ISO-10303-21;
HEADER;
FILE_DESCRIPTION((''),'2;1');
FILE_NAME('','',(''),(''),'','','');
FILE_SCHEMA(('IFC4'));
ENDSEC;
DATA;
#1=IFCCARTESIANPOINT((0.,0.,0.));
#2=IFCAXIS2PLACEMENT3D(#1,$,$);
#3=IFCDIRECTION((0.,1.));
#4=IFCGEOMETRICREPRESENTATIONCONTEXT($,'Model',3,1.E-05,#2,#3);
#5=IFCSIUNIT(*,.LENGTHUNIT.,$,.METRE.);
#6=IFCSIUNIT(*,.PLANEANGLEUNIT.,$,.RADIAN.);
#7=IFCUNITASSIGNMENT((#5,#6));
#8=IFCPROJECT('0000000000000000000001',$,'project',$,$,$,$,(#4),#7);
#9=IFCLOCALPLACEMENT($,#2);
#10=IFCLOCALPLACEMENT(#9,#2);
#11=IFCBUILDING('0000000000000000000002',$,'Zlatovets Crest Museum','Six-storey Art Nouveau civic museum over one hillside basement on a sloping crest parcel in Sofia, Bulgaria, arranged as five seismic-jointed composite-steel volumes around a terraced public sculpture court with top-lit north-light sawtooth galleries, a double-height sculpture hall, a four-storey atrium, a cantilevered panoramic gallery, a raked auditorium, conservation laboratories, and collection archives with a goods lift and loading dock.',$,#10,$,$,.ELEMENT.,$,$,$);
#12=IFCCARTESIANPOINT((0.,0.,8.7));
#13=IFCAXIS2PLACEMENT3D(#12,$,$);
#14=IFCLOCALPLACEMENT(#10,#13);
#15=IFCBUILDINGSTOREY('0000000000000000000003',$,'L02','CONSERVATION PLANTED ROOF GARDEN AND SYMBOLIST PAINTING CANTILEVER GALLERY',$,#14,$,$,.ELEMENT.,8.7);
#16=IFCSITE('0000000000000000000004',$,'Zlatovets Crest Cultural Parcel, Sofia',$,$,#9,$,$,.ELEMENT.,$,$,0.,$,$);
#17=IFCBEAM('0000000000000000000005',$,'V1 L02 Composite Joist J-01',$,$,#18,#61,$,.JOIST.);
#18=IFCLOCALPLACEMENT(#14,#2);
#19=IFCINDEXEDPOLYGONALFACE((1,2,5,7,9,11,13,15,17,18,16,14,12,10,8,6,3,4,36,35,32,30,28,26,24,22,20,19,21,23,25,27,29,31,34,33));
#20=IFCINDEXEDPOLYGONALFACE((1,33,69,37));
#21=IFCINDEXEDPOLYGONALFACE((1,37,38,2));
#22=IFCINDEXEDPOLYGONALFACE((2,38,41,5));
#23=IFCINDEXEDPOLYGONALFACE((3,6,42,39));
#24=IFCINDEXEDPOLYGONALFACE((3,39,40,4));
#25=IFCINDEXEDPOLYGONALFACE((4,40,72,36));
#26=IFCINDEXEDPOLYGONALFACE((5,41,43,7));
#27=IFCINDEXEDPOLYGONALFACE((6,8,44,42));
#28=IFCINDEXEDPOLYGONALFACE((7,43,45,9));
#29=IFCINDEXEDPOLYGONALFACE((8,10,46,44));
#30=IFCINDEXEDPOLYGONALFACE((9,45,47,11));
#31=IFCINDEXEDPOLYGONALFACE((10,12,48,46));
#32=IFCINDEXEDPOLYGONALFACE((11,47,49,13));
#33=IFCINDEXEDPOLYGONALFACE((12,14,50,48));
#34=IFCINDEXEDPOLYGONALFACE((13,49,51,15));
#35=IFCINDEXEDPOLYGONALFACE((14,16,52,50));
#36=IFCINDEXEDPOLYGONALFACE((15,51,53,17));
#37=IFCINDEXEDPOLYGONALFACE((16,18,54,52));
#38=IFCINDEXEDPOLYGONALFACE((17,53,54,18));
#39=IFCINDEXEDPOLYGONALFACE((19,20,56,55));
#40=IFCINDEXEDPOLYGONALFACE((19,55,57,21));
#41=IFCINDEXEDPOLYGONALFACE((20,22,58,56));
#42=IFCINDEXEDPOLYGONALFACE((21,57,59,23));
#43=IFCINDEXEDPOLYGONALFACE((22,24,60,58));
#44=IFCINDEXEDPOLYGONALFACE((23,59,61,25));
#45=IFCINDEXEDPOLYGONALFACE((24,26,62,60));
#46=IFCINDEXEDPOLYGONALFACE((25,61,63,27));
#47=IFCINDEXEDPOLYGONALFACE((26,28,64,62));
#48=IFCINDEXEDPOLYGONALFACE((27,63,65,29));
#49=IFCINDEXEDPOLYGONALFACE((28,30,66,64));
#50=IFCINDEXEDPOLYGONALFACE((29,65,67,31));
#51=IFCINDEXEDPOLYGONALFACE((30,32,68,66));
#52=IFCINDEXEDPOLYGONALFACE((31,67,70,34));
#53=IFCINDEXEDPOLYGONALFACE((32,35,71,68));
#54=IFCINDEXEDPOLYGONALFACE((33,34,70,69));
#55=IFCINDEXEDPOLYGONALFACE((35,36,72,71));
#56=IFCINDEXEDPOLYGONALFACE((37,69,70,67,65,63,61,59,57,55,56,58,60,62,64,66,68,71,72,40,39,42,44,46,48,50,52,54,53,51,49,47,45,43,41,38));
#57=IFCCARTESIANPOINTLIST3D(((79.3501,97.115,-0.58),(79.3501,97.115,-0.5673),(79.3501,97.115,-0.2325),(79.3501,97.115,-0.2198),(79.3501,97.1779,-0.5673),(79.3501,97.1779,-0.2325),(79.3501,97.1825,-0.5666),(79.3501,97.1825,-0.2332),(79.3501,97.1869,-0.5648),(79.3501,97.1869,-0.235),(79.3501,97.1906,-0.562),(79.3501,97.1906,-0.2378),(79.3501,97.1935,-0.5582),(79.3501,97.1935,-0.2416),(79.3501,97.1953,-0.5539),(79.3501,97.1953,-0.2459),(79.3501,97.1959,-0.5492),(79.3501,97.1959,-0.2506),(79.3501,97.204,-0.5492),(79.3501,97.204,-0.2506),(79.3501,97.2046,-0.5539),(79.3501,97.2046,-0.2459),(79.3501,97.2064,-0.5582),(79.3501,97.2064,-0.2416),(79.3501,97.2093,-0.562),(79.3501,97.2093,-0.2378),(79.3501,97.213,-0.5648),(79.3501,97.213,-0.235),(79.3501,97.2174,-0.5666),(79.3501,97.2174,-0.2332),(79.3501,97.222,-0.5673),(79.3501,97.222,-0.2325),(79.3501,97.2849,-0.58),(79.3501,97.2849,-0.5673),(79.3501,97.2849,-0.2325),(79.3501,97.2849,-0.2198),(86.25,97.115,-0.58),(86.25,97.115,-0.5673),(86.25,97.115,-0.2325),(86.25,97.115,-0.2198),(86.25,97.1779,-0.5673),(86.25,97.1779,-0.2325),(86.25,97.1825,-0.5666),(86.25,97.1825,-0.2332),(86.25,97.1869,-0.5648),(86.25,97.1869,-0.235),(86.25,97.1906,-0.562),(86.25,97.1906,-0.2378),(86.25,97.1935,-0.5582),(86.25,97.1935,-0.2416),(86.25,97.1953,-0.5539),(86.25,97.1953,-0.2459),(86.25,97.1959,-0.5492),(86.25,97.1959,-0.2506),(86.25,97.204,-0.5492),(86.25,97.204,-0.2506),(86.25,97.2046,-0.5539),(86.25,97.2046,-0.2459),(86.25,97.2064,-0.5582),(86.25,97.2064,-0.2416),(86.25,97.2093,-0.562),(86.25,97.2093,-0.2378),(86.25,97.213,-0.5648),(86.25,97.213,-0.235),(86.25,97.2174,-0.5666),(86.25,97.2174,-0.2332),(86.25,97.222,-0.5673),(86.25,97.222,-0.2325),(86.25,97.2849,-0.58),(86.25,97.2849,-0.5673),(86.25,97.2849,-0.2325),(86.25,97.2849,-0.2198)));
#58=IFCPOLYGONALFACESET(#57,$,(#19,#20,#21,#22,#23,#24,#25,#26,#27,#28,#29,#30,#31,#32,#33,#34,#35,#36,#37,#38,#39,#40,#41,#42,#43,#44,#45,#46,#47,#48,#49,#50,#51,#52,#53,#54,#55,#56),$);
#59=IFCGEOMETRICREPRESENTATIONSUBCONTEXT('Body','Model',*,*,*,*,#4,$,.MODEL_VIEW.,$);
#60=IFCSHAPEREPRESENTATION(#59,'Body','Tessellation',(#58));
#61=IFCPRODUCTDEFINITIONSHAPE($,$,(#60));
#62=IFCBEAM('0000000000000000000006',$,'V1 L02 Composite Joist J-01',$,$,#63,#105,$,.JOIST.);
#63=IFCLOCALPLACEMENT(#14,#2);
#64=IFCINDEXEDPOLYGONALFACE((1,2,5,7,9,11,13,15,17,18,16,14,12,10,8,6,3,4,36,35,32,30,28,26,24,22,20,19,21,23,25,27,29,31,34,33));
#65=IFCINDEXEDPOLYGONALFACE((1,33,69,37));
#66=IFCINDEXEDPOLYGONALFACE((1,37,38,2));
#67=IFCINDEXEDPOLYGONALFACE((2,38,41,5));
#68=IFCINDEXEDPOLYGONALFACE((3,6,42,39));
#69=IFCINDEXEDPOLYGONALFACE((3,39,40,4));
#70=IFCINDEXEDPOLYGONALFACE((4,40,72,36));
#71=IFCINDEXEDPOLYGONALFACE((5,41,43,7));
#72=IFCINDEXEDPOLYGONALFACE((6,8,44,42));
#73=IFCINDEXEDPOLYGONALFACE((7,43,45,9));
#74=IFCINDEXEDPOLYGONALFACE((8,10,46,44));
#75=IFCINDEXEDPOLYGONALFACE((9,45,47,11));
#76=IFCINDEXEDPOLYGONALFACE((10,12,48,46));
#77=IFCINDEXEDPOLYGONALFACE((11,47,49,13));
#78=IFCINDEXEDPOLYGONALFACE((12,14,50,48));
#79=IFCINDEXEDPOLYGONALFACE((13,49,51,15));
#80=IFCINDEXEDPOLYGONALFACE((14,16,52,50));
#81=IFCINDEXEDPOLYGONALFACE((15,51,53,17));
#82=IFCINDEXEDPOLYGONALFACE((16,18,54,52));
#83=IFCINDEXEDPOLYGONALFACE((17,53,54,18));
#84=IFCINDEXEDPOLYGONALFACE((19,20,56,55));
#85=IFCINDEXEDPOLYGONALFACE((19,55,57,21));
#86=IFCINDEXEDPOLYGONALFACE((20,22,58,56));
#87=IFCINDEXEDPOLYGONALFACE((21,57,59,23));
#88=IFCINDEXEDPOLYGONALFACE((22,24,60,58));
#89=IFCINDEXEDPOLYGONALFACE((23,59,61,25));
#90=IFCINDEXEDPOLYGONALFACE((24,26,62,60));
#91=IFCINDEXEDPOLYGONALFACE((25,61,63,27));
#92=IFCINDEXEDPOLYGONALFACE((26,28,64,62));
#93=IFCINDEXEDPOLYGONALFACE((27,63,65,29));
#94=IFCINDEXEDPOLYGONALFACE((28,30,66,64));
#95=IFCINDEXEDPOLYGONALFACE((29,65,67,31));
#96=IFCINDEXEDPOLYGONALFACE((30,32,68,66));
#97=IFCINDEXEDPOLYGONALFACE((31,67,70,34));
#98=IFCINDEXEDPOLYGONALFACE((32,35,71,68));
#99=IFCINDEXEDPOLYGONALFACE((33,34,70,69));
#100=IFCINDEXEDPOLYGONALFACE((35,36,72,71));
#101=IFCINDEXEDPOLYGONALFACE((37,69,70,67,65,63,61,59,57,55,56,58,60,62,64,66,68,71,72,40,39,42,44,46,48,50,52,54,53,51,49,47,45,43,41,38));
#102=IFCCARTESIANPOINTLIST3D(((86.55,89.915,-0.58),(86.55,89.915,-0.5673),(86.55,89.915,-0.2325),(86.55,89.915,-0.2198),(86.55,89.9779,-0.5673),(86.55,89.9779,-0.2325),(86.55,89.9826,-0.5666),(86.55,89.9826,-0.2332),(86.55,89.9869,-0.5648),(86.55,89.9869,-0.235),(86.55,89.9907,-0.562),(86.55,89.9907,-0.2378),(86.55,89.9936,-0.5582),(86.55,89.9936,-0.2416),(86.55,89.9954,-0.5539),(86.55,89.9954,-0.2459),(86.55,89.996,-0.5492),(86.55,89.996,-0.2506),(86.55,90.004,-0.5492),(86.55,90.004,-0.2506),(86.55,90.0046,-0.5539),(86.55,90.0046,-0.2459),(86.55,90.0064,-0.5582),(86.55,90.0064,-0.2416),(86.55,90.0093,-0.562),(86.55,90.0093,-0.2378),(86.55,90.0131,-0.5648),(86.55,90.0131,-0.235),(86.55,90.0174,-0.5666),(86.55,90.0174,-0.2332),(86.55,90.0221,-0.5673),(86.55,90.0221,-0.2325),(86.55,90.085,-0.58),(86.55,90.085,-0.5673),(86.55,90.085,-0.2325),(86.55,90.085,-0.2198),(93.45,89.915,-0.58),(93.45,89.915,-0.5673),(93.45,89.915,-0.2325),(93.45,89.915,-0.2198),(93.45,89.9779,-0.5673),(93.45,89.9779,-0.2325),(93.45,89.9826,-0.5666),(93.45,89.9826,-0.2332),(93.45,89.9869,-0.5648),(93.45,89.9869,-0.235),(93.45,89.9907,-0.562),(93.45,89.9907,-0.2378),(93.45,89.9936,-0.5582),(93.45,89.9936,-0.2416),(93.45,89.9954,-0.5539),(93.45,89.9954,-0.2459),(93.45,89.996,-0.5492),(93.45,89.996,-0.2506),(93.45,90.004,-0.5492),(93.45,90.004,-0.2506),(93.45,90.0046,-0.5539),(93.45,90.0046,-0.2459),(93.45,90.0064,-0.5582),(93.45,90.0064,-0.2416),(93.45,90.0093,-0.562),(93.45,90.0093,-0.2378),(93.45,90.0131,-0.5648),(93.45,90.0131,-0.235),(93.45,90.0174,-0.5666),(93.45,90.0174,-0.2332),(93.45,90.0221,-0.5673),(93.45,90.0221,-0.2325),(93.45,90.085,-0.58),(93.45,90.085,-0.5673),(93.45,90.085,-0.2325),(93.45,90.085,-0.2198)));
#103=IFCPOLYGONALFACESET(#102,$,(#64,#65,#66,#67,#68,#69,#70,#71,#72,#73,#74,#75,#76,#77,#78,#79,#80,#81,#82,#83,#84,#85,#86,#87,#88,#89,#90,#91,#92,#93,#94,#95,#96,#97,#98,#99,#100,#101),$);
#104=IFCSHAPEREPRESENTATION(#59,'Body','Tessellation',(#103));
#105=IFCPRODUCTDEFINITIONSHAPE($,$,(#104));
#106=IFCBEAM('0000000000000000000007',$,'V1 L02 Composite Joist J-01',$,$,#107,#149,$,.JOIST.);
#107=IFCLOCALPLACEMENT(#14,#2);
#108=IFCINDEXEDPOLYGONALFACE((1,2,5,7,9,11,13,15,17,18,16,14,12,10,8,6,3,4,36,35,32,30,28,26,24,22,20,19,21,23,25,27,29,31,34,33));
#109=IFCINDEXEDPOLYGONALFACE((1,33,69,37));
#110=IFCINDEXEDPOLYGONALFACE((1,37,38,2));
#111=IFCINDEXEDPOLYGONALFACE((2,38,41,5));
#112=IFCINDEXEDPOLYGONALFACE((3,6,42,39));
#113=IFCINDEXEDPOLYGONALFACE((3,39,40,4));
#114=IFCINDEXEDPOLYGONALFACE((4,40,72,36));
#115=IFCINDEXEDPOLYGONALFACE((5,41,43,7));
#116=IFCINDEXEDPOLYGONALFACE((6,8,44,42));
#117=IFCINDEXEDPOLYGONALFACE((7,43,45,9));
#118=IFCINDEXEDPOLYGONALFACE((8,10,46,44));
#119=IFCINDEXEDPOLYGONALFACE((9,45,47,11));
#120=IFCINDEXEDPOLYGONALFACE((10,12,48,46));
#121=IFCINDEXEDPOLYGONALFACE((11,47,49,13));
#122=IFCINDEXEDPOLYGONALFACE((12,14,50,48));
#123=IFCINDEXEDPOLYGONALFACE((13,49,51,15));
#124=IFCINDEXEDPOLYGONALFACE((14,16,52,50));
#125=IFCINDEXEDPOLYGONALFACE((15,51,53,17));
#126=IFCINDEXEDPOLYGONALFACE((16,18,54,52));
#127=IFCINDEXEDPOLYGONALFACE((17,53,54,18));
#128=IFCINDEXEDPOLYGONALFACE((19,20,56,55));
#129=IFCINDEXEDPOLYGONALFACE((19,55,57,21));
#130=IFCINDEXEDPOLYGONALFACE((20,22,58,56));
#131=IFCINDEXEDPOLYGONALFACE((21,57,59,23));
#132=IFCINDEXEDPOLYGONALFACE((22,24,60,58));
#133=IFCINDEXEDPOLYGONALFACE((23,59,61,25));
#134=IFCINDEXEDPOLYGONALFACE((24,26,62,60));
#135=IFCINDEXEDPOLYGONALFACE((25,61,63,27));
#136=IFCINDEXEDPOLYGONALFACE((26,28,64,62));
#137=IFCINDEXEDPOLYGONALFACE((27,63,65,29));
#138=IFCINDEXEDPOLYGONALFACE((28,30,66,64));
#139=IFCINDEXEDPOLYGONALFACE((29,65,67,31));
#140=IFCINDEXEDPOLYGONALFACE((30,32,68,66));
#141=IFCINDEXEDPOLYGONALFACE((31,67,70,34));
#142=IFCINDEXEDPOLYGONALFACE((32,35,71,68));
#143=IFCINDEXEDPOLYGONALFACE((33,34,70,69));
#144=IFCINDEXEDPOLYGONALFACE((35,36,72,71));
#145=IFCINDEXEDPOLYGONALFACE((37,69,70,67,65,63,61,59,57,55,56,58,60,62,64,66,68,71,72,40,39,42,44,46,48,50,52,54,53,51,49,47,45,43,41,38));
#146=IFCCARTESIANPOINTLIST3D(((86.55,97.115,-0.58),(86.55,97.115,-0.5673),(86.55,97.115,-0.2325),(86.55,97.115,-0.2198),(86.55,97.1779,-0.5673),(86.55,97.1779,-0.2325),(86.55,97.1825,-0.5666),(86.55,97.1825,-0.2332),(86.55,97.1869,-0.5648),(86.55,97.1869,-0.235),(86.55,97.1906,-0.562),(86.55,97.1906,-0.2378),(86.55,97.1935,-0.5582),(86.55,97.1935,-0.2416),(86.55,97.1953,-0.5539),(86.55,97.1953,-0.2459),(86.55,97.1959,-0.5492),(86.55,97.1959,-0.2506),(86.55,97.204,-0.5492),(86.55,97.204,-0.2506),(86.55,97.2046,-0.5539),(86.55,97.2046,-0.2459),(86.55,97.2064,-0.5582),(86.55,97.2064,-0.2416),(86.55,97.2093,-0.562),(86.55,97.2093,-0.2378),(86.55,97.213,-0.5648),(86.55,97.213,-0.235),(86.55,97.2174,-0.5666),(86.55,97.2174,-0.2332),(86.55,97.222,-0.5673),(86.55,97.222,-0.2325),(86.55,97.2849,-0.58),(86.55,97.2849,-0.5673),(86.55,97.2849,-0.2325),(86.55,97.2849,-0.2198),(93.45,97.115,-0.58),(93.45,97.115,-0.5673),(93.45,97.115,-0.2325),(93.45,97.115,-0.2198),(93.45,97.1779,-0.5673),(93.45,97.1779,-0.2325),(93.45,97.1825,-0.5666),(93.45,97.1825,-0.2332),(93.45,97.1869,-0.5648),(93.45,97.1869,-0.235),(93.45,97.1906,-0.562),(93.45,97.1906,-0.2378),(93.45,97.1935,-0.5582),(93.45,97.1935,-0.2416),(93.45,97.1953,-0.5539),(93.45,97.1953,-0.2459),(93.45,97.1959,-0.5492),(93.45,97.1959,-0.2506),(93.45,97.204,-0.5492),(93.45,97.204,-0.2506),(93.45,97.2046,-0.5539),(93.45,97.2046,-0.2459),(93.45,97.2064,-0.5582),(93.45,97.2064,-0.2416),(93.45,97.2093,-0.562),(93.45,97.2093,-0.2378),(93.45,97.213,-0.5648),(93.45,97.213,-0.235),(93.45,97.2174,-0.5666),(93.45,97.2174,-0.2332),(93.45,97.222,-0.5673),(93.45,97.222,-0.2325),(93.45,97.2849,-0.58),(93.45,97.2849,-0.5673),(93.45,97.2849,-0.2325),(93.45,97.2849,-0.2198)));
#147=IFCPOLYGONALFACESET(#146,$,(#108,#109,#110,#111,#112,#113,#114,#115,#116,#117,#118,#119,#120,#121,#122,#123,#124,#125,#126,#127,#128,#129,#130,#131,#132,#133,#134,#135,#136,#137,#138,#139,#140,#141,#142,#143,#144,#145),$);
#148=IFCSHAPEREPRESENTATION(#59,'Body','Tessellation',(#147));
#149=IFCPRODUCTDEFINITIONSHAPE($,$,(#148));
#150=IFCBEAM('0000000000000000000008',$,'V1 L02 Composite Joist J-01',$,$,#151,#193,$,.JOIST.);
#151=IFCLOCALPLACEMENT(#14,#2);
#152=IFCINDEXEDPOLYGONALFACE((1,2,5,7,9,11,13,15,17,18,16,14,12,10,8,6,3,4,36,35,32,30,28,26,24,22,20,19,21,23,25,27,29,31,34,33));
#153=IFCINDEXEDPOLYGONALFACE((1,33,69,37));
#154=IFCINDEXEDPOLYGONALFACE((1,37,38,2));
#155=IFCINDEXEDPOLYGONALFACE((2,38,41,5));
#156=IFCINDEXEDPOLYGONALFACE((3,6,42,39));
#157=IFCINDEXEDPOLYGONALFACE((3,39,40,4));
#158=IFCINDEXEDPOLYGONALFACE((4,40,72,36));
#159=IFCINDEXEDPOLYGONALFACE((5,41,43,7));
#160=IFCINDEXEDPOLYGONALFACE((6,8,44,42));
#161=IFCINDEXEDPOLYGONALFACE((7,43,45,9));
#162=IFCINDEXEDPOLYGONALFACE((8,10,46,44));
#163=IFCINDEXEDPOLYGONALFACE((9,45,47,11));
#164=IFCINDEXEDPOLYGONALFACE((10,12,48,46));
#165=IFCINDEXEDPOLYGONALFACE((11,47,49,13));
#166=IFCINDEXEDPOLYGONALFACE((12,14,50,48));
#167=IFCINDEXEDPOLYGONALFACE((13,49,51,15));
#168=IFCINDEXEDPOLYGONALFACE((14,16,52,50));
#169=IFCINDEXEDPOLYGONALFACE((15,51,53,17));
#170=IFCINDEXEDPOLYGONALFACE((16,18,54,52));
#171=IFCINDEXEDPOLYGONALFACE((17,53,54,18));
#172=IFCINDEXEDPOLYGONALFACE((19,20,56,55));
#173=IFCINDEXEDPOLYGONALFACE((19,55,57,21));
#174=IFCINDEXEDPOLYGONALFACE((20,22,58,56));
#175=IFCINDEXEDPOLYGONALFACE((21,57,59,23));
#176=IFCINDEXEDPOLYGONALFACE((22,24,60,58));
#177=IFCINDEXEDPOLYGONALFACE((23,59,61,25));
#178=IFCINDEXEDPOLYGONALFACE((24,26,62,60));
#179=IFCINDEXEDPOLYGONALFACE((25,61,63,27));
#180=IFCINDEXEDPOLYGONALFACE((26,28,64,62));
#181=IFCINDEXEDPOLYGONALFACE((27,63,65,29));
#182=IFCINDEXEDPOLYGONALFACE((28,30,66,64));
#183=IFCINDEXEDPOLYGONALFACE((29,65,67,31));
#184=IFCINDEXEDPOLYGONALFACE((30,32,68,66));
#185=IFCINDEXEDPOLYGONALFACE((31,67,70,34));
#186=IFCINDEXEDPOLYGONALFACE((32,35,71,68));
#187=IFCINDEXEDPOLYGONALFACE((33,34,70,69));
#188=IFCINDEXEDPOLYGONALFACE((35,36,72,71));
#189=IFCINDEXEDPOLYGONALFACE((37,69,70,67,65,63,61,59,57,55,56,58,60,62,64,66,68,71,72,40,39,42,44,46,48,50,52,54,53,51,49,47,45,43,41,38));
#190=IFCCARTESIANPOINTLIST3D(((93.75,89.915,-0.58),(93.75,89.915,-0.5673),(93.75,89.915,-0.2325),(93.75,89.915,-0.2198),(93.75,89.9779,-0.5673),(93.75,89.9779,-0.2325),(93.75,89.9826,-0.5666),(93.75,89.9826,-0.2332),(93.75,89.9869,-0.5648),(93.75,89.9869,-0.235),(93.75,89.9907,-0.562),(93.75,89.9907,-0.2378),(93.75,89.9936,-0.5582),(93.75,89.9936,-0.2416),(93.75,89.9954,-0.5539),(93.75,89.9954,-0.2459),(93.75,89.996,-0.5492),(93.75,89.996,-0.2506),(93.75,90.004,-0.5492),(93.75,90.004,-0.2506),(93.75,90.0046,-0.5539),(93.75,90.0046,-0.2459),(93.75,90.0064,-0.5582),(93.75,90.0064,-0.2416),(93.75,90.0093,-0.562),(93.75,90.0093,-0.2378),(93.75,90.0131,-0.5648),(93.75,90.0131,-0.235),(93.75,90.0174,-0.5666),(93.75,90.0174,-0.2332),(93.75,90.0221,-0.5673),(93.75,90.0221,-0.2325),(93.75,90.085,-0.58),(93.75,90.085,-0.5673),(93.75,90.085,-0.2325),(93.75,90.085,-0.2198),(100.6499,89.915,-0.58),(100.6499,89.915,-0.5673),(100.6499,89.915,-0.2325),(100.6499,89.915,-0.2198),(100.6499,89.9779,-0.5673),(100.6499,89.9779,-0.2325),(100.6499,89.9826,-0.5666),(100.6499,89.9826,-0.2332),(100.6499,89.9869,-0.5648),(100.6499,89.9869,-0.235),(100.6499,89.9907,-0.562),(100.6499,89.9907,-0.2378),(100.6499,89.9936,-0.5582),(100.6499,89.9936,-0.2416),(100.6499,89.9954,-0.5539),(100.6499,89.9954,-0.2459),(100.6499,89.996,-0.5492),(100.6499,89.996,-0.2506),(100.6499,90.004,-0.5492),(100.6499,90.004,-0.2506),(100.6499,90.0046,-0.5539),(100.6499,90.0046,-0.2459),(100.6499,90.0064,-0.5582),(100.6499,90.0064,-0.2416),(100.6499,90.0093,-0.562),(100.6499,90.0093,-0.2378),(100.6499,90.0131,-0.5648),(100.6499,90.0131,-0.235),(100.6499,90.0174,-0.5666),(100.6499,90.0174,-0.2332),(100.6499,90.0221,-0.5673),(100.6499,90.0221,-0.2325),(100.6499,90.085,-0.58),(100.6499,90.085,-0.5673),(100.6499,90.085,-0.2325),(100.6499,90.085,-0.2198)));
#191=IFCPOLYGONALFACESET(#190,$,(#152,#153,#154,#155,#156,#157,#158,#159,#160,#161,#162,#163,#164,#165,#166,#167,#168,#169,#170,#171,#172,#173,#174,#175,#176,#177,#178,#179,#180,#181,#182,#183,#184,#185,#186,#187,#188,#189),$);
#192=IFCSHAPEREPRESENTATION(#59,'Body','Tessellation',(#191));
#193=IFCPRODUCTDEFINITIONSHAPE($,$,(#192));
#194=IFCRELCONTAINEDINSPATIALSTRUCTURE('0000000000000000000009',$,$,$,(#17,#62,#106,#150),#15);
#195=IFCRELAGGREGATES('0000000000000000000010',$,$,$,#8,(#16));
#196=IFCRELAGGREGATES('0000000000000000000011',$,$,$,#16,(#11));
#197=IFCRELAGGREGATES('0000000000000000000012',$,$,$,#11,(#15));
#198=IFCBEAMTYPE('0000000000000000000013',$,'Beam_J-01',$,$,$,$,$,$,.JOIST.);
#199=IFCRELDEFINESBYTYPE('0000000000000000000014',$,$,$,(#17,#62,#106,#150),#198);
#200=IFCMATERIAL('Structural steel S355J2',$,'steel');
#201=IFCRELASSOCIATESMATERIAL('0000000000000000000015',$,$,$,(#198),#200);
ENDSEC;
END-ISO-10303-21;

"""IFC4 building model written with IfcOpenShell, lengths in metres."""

from ifc_helpers import new_model, si_unit, direction, frame, origin, origin_2d, place, context, subcontext, project, spatial, i_section, extrude, material, material_profile, profile_set, type_object, element, save


model = new_model("IFC4")

# Units and contexts
model_context = context("Model", 3, precision=1e-05, world=origin(), true_north=direction((0.0, 1.0)))
body_context = subcontext(model_context, "Body", "Model", "MODEL_VIEW")
ifc_project = project(units=[si_unit("LENGTHUNIT", "METRE"), si_unit("PLANEANGLEUNIT", "RADIAN")], contexts=[model_context])

# Site, building, storey
site_placement = place(None, origin())
site = spatial("IfcSite", under=ifc_project, at=site_placement, Name="Zlatovets Crest Cultural Parcel, Sofia", CompositionType="ELEMENT", RefElevation=0.0)
building_placement = place(site_placement, origin())
building = spatial("IfcBuilding", under=site, at=building_placement, Name="Zlatovets Crest Museum", Description="Six-storey Art Nouveau civic museum over one hillside basement on a sloping crest parcel in Sofia, Bulgaria, arranged as five seismic-jointed composite-steel volumes around a terraced public sculpture court with top-lit north-light sawtooth galleries, a double-height sculpture hall, a four-storey atrium, a cantilevered panoramic gallery, a raked auditorium, conservation laboratories, and collection archives with a goods lift and loading dock.", CompositionType="ELEMENT")
storey_placement = place(building_placement, frame((0.0, 0.0, 8.7)))
storey = spatial("IfcBuildingStorey", under=building, at=storey_placement, Name="L02", Description="CONSERVATION PLANTED ROOF GARDEN AND SYMBOLIST PAINTING CANTILEVER GALLERY", CompositionType="ELEMENT", Elevation=8.7)

# Shared definitions
ifc_material_1 = material(Name="Structural steel S355J2", Category="steel")

# Beams
ifc_material_profile_1 = material_profile(ifc_material_1, i_section(OverallWidth=0.1699, OverallDepth=0.3601, WebThickness=0.0081, FlangeThickness=0.0127, FilletRadius=0.0181, at=origin_2d()), Name="IPE 360")
ifc_profile_set_1 = profile_set([ifc_material_profile_1], Name="Structural steel S355J2")
beam_type_1 = type_object("IfcBeamType", Name="Beam_J-01", PredefinedType="JOIST", material=ifc_profile_set_1)
for number, where, z_axis, x_axis, name in (
    (1, (79.3501, 97.2, -0.3999), (1.0, 0.0, 0.0), (0.0, 1.0, 0.0), "V1 L02 Composite Joist J-01"),
    (2, (86.55, 90.0, -0.3999), (1.0, 0.0, 0.0), (0.0, 1.0, 0.0), "V1 L02 Composite Joist J-01"),
    (3, (86.55, 97.2, -0.3999), (1.0, 0.0, 0.0), (0.0, 1.0, 0.0), "V1 L02 Composite Joist J-01"),
    (4, (93.75, 90.0, -0.3999), (1.0, 0.0, 0.0), (0.0, 1.0, 0.0), "V1 L02 Composite Joist J-01"),
):
    element("IfcBeam", number, at=place(storey_placement, frame(where, z_axis=z_axis, x_axis=x_axis)), inside=storey, type_object=beam_type_1, Name=name, PredefinedType="JOIST", context=body_context, shape_type="SweptSolid", body=[
        extrude(i_section(OverallWidth=0.1699, OverallDepth=0.3601, WebThickness=0.0081, FlangeThickness=0.0127, FilletRadius=0.0181, at=origin_2d()), origin(), (0.0, 0.0, 1.0), 6.8999),
    ])

save(model, "model.ifc")
